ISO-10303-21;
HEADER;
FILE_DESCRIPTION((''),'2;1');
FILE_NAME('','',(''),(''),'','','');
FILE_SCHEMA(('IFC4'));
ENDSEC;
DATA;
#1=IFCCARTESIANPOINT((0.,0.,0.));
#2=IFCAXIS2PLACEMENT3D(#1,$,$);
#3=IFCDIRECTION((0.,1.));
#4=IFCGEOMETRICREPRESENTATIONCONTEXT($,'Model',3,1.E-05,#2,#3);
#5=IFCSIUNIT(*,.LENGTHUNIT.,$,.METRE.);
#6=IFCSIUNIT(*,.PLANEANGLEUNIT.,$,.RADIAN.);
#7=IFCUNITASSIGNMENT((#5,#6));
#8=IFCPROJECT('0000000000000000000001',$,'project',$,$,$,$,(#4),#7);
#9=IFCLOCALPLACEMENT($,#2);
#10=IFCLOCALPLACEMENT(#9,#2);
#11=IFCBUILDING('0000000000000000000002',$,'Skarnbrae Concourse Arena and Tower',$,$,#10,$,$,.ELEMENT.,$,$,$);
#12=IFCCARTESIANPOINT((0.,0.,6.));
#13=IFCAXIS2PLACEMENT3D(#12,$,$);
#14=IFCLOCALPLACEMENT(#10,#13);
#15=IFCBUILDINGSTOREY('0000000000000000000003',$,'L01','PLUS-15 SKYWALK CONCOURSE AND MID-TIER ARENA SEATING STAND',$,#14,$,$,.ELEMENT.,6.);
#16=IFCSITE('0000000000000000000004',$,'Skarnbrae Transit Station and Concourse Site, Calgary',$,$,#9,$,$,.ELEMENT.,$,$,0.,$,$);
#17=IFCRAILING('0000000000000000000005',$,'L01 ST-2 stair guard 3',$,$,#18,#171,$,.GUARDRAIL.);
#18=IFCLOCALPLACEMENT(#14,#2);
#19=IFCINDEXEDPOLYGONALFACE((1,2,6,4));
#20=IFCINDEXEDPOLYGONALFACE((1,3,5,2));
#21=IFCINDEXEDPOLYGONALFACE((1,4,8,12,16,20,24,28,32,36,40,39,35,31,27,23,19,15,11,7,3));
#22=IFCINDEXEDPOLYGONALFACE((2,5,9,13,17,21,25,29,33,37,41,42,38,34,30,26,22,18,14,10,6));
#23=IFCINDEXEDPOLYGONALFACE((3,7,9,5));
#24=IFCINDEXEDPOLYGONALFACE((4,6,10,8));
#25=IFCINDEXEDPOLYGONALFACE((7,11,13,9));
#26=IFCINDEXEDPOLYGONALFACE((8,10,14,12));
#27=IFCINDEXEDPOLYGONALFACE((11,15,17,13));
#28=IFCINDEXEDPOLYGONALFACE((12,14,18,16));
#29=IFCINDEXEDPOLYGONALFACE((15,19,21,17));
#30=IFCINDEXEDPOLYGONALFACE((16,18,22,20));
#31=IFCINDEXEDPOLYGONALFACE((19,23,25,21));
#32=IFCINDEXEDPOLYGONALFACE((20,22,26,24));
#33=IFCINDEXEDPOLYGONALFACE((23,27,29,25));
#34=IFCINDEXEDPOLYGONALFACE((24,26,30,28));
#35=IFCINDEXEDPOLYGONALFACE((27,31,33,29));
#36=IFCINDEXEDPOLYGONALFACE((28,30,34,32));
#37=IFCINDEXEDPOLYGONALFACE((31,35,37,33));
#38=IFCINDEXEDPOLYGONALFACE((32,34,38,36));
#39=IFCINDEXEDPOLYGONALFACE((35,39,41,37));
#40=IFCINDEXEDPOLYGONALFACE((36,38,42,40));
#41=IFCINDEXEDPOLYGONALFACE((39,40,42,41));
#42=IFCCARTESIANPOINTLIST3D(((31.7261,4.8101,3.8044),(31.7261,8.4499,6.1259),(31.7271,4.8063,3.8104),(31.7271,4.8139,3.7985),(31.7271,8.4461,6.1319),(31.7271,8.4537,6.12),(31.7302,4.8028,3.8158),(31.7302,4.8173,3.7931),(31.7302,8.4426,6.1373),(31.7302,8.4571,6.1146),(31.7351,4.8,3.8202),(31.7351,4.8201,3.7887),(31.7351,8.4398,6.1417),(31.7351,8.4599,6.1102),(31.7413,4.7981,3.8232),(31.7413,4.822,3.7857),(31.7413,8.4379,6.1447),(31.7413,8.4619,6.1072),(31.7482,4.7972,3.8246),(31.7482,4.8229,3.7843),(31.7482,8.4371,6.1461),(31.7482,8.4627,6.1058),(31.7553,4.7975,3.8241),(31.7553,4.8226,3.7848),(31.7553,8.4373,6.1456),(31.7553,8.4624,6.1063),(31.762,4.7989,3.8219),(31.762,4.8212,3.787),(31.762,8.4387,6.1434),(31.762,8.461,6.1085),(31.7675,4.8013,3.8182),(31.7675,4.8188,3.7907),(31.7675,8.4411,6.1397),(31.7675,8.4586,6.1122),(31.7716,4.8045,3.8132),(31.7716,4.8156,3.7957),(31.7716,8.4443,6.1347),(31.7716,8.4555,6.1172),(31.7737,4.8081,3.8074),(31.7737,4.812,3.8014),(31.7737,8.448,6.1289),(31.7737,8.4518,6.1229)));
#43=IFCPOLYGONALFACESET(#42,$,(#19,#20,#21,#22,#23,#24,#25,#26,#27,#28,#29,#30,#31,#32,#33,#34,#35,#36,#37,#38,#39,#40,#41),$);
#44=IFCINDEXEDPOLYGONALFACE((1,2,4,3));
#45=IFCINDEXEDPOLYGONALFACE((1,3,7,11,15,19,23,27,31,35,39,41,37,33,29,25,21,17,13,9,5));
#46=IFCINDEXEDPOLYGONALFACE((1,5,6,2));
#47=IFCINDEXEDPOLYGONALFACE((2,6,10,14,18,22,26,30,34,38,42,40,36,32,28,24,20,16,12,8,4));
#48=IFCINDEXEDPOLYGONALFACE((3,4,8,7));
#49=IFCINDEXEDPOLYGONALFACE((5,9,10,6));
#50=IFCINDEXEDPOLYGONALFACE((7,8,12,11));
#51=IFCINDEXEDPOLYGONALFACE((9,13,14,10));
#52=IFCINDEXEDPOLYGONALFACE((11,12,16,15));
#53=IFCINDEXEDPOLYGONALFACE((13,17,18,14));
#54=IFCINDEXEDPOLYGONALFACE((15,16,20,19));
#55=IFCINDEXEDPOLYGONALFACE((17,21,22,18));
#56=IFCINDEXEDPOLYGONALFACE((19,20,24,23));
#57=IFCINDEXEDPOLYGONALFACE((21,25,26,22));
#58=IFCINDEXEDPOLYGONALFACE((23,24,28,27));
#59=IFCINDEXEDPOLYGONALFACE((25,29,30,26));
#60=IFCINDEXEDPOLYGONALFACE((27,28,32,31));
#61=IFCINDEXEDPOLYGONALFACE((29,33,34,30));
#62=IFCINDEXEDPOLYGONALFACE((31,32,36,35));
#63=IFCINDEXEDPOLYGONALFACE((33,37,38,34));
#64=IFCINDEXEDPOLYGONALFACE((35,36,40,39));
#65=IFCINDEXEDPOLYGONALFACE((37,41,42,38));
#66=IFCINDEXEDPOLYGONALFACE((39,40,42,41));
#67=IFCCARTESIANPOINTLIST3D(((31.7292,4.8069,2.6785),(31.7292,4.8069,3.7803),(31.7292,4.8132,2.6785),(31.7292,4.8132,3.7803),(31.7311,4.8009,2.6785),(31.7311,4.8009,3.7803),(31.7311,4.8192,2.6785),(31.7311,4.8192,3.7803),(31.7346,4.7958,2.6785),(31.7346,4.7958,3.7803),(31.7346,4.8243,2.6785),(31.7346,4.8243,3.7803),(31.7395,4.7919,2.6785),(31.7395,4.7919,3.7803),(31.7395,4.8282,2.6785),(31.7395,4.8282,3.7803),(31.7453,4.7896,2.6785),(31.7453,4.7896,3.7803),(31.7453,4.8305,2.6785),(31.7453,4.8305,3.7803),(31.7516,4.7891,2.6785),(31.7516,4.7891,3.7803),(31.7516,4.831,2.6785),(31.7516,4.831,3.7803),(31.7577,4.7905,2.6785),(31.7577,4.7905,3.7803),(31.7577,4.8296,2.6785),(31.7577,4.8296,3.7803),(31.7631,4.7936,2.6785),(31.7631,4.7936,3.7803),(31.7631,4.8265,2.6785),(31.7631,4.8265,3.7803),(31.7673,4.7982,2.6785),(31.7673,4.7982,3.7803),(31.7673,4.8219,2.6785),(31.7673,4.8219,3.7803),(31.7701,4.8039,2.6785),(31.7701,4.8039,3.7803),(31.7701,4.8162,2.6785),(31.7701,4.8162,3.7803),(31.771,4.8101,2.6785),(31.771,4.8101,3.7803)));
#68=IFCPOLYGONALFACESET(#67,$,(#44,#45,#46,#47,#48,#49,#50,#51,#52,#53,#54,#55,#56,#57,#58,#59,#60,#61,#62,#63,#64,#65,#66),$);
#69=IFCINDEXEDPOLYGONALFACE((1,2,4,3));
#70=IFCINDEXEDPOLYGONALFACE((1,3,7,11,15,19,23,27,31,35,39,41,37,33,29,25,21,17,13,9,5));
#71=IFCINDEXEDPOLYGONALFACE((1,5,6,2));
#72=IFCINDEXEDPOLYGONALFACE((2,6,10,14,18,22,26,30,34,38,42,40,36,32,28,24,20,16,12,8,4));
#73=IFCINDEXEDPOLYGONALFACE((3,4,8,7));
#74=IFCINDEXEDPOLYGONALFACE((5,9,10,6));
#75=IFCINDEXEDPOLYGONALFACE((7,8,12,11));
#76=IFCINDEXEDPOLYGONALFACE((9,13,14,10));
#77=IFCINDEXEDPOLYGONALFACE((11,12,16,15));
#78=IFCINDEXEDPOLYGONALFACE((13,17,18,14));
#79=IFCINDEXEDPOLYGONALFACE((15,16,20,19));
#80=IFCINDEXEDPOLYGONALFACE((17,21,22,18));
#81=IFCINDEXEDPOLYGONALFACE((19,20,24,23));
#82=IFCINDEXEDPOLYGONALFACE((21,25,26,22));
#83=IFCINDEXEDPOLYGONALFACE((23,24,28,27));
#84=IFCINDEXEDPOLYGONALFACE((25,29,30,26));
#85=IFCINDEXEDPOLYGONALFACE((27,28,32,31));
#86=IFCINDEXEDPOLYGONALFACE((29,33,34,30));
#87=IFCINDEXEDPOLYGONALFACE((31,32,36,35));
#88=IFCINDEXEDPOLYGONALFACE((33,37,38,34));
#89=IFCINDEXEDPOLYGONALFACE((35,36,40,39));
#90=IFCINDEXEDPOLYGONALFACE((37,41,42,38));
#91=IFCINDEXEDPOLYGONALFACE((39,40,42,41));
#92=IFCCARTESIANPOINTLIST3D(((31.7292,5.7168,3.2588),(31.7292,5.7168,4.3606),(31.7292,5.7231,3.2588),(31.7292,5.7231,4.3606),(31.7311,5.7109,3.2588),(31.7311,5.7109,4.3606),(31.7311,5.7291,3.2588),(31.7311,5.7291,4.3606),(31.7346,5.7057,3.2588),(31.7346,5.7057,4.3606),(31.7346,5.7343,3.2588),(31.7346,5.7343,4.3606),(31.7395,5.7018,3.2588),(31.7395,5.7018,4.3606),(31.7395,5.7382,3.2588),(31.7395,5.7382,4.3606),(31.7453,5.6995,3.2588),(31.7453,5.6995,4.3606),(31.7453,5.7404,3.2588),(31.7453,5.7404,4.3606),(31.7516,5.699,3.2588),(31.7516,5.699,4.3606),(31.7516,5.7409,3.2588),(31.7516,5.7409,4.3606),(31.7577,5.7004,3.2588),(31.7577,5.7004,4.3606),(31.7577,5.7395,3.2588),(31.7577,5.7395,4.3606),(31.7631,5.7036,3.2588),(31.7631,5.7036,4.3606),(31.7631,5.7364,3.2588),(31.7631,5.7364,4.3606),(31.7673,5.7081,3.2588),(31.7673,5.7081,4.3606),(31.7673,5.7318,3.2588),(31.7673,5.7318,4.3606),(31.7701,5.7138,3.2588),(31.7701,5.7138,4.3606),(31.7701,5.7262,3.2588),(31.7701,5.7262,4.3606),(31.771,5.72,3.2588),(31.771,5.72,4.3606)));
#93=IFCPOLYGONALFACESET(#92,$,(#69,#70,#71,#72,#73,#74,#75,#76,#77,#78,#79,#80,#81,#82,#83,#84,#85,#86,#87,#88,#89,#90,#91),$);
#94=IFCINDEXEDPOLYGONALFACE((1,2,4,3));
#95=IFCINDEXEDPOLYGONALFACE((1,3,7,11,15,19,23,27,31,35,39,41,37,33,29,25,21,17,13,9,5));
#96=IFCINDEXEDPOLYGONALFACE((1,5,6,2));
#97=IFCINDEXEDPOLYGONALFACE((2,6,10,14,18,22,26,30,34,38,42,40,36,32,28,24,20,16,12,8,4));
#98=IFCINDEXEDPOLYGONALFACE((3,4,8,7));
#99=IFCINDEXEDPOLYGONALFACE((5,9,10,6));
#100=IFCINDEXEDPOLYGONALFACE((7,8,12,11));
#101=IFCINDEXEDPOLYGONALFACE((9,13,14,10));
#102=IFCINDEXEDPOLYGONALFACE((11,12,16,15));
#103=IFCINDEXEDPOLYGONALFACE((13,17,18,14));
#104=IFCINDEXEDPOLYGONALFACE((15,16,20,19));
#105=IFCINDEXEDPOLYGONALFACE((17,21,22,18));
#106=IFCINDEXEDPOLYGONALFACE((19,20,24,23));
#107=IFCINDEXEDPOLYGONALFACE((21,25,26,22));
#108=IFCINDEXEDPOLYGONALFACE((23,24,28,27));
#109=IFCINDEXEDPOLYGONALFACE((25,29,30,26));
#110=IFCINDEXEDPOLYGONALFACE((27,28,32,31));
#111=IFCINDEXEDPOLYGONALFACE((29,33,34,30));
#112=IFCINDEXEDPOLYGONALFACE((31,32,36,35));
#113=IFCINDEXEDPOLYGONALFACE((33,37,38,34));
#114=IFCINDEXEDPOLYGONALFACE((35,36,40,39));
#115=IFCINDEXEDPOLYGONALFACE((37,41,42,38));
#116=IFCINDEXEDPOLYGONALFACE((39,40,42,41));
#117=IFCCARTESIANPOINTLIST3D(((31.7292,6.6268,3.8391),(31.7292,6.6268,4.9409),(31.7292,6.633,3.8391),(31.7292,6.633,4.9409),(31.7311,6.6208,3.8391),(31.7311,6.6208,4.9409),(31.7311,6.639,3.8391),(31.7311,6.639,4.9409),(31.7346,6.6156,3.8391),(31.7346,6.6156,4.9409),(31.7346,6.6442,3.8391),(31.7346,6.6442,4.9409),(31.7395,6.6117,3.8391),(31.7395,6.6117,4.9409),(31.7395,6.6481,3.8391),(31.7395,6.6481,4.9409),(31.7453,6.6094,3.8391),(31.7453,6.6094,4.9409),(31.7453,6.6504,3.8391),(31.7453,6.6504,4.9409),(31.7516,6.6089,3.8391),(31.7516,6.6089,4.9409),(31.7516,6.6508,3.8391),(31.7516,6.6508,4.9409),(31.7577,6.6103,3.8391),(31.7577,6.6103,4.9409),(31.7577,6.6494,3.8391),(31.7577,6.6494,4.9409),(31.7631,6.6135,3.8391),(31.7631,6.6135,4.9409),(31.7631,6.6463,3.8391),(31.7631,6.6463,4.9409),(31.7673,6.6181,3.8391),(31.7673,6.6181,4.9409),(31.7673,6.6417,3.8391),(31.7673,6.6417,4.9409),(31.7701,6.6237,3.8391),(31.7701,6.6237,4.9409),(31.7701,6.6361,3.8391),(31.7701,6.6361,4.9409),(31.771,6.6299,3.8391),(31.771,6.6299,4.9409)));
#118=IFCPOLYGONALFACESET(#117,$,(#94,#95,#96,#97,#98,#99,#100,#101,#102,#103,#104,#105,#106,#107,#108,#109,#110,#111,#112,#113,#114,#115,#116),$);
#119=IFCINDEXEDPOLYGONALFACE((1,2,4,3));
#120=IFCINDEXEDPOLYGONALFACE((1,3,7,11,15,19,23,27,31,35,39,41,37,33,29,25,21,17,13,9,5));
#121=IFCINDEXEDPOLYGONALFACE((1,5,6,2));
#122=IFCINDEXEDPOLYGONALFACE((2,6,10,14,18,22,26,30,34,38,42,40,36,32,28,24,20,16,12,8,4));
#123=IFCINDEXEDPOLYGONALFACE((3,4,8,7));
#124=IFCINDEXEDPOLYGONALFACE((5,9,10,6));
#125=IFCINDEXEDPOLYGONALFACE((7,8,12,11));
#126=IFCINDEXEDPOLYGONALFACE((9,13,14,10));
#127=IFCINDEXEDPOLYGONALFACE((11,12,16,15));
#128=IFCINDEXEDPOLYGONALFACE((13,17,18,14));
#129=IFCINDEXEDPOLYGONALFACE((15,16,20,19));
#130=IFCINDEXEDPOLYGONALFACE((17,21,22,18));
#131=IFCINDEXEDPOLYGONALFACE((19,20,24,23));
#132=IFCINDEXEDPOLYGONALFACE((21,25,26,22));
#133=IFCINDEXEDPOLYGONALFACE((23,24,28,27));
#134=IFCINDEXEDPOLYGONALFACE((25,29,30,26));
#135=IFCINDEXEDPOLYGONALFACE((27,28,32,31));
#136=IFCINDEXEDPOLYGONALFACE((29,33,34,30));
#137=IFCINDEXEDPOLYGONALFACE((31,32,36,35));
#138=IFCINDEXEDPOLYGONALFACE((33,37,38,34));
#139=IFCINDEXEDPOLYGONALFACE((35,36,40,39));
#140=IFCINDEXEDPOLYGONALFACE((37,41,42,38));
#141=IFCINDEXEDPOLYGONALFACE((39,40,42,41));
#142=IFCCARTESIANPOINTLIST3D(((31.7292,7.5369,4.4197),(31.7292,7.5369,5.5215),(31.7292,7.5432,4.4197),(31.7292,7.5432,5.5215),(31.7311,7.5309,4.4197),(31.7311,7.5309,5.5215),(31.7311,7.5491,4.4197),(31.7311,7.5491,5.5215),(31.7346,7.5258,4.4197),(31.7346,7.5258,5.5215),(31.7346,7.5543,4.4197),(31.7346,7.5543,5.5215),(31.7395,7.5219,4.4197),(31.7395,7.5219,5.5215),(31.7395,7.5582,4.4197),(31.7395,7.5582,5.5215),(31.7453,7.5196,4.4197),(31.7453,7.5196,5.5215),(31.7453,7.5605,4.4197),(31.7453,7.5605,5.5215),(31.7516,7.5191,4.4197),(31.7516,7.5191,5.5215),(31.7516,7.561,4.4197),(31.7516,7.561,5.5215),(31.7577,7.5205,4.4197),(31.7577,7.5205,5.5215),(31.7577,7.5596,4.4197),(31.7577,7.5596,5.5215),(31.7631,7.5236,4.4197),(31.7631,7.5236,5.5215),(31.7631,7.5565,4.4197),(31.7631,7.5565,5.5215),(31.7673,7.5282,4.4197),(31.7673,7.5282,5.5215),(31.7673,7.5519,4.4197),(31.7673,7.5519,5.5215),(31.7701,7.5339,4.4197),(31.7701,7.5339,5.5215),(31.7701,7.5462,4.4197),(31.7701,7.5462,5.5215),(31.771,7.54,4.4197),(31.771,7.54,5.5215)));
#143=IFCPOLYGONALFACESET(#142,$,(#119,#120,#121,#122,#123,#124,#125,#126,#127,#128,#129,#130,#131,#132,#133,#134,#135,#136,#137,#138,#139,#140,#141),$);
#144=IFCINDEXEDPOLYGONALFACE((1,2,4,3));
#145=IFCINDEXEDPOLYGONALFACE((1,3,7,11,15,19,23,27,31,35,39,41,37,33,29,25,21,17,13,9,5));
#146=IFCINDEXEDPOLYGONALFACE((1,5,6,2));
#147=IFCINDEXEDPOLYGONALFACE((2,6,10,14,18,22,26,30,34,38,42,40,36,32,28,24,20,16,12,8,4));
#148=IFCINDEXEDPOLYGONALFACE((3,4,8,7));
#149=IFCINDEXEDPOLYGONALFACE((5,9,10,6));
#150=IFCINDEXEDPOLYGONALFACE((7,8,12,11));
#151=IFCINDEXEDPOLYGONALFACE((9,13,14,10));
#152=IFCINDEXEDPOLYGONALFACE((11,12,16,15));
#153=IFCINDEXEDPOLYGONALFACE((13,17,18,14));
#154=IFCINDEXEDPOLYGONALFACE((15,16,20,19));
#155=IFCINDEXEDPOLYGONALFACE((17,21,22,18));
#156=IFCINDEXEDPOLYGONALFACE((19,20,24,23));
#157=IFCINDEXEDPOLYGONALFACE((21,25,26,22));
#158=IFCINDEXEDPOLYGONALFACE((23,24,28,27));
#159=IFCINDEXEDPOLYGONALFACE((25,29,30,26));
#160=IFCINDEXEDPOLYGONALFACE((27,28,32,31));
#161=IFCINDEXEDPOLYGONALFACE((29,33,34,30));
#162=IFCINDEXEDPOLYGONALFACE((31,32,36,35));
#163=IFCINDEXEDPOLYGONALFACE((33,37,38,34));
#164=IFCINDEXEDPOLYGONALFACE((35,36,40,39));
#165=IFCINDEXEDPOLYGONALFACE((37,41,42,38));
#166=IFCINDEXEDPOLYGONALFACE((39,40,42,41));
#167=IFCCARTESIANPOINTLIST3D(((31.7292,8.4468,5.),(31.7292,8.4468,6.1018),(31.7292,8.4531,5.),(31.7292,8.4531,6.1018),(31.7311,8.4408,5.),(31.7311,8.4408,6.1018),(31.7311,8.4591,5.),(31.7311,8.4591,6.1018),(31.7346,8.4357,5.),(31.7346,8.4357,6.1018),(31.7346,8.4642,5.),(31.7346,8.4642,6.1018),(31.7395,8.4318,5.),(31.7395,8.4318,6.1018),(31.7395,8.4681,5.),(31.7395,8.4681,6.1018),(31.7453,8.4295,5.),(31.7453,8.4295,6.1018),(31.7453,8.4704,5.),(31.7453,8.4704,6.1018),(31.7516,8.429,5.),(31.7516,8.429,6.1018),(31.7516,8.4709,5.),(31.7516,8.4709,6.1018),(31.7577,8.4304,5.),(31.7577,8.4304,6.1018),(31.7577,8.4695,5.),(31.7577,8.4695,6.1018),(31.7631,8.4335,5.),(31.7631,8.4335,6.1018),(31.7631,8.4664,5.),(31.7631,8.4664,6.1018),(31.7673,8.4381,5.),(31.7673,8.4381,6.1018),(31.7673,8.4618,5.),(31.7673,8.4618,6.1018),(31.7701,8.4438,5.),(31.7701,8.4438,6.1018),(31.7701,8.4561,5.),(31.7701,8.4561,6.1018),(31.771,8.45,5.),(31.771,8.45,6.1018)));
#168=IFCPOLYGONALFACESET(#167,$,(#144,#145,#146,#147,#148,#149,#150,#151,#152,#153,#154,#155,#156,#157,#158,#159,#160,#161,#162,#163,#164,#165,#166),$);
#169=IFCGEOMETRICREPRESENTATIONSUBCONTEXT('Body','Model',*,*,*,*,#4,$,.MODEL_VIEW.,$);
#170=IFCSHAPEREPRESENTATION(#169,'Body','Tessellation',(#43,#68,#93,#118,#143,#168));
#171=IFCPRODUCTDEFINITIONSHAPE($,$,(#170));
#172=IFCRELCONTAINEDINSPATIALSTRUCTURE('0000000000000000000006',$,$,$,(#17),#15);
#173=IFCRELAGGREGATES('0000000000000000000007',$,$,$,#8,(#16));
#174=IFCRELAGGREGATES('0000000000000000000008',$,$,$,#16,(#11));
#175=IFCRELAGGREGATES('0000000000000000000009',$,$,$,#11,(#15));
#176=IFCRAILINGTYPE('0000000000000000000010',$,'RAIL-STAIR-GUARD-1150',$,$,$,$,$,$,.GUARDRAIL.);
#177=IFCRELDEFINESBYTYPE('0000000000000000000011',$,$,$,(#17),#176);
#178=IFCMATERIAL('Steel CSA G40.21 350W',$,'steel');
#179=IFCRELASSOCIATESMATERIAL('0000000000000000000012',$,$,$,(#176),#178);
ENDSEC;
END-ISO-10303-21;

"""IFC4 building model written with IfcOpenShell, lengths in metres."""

from ifc_helpers import new_model, si_unit, direction, frame, origin, origin_2d, place, context, subcontext, project, spatial, circle, extrude, material, type_object, element, save


model = new_model("IFC4")

# Units and contexts
model_context = context("Model", 3, precision=1e-05, world=origin(), true_north=direction((0.0, 1.0)))
body_context = subcontext(model_context, "Body", "Model", "MODEL_VIEW")
ifc_project = project(units=[si_unit("LENGTHUNIT", "METRE"), si_unit("PLANEANGLEUNIT", "RADIAN")], contexts=[model_context])

# Site, building, storey
site_placement = place(None, origin())
site = spatial("IfcSite", under=ifc_project, at=site_placement, Name="Skarnbrae Transit Station and Concourse Site, Calgary", CompositionType="ELEMENT", RefElevation=0.0)
building_placement = place(site_placement, origin())
building = spatial("IfcBuilding", under=site, at=building_placement, Name="Skarnbrae Concourse Arena and Tower", CompositionType="ELEMENT")
storey_placement = place(building_placement, frame((0.0, 0.0, 6.0)))
storey = spatial("IfcBuildingStorey", under=building, at=storey_placement, Name="L01", Description="PLUS-15 SKYWALK CONCOURSE AND MID-TIER ARENA SEATING STAND", CompositionType="ELEMENT", Elevation=6.0)

# Shared definitions
ifc_material_1 = material(Name="Steel CSA G40.21 350W", Category="steel")

# Railing
railing_type_1 = type_object("IfcRailingType", Name="RAIL-STAIR-GUARD-1150", PredefinedType="GUARDRAIL", material=ifc_material_1)
railing_1_placement = place(storey_placement, frame((31.75, 4.8101, 2.6785)))
element("IfcRailing", 1, at=railing_1_placement, inside=storey, type_object=railing_type_1, Name="L01 ST-2 stair guard 3", PredefinedType="GUARDRAIL", context=body_context, shape_type="SweptSolid", body=[
    extrude(circle(Radius=0.0239, at=origin_2d()), frame((0.0, 0.0, 1.126), z_axis=(0.0, 0.843112, 0.537739), x_axis=(-1.0, 0.0, 0.0)), (0.0, 0.0, 1.0), 4.3171),
    extrude(circle(Radius=0.021, at=origin_2d()), origin(), (0.0, 0.0, 1.0), 1.1018),
    extrude(circle(Radius=0.021, at=origin_2d()), frame((0.0, 0.9099, 0.5803)), (0.0, 0.0, 1.0), 1.1018),
    extrude(circle(Radius=0.021, at=origin_2d()), frame((0.0, 1.8198, 1.1606)), (0.0, 0.0, 1.0), 1.1018),
    extrude(circle(Radius=0.021, at=origin_2d()), frame((0.0, 2.73, 1.7412)), (0.0, 0.0, 1.0), 1.1018),
    extrude(circle(Radius=0.021, at=origin_2d()), frame((0.0, 3.6399, 2.3215)), (0.0, 0.0, 1.0), 1.1018),
])

save(model, "model.ifc")
